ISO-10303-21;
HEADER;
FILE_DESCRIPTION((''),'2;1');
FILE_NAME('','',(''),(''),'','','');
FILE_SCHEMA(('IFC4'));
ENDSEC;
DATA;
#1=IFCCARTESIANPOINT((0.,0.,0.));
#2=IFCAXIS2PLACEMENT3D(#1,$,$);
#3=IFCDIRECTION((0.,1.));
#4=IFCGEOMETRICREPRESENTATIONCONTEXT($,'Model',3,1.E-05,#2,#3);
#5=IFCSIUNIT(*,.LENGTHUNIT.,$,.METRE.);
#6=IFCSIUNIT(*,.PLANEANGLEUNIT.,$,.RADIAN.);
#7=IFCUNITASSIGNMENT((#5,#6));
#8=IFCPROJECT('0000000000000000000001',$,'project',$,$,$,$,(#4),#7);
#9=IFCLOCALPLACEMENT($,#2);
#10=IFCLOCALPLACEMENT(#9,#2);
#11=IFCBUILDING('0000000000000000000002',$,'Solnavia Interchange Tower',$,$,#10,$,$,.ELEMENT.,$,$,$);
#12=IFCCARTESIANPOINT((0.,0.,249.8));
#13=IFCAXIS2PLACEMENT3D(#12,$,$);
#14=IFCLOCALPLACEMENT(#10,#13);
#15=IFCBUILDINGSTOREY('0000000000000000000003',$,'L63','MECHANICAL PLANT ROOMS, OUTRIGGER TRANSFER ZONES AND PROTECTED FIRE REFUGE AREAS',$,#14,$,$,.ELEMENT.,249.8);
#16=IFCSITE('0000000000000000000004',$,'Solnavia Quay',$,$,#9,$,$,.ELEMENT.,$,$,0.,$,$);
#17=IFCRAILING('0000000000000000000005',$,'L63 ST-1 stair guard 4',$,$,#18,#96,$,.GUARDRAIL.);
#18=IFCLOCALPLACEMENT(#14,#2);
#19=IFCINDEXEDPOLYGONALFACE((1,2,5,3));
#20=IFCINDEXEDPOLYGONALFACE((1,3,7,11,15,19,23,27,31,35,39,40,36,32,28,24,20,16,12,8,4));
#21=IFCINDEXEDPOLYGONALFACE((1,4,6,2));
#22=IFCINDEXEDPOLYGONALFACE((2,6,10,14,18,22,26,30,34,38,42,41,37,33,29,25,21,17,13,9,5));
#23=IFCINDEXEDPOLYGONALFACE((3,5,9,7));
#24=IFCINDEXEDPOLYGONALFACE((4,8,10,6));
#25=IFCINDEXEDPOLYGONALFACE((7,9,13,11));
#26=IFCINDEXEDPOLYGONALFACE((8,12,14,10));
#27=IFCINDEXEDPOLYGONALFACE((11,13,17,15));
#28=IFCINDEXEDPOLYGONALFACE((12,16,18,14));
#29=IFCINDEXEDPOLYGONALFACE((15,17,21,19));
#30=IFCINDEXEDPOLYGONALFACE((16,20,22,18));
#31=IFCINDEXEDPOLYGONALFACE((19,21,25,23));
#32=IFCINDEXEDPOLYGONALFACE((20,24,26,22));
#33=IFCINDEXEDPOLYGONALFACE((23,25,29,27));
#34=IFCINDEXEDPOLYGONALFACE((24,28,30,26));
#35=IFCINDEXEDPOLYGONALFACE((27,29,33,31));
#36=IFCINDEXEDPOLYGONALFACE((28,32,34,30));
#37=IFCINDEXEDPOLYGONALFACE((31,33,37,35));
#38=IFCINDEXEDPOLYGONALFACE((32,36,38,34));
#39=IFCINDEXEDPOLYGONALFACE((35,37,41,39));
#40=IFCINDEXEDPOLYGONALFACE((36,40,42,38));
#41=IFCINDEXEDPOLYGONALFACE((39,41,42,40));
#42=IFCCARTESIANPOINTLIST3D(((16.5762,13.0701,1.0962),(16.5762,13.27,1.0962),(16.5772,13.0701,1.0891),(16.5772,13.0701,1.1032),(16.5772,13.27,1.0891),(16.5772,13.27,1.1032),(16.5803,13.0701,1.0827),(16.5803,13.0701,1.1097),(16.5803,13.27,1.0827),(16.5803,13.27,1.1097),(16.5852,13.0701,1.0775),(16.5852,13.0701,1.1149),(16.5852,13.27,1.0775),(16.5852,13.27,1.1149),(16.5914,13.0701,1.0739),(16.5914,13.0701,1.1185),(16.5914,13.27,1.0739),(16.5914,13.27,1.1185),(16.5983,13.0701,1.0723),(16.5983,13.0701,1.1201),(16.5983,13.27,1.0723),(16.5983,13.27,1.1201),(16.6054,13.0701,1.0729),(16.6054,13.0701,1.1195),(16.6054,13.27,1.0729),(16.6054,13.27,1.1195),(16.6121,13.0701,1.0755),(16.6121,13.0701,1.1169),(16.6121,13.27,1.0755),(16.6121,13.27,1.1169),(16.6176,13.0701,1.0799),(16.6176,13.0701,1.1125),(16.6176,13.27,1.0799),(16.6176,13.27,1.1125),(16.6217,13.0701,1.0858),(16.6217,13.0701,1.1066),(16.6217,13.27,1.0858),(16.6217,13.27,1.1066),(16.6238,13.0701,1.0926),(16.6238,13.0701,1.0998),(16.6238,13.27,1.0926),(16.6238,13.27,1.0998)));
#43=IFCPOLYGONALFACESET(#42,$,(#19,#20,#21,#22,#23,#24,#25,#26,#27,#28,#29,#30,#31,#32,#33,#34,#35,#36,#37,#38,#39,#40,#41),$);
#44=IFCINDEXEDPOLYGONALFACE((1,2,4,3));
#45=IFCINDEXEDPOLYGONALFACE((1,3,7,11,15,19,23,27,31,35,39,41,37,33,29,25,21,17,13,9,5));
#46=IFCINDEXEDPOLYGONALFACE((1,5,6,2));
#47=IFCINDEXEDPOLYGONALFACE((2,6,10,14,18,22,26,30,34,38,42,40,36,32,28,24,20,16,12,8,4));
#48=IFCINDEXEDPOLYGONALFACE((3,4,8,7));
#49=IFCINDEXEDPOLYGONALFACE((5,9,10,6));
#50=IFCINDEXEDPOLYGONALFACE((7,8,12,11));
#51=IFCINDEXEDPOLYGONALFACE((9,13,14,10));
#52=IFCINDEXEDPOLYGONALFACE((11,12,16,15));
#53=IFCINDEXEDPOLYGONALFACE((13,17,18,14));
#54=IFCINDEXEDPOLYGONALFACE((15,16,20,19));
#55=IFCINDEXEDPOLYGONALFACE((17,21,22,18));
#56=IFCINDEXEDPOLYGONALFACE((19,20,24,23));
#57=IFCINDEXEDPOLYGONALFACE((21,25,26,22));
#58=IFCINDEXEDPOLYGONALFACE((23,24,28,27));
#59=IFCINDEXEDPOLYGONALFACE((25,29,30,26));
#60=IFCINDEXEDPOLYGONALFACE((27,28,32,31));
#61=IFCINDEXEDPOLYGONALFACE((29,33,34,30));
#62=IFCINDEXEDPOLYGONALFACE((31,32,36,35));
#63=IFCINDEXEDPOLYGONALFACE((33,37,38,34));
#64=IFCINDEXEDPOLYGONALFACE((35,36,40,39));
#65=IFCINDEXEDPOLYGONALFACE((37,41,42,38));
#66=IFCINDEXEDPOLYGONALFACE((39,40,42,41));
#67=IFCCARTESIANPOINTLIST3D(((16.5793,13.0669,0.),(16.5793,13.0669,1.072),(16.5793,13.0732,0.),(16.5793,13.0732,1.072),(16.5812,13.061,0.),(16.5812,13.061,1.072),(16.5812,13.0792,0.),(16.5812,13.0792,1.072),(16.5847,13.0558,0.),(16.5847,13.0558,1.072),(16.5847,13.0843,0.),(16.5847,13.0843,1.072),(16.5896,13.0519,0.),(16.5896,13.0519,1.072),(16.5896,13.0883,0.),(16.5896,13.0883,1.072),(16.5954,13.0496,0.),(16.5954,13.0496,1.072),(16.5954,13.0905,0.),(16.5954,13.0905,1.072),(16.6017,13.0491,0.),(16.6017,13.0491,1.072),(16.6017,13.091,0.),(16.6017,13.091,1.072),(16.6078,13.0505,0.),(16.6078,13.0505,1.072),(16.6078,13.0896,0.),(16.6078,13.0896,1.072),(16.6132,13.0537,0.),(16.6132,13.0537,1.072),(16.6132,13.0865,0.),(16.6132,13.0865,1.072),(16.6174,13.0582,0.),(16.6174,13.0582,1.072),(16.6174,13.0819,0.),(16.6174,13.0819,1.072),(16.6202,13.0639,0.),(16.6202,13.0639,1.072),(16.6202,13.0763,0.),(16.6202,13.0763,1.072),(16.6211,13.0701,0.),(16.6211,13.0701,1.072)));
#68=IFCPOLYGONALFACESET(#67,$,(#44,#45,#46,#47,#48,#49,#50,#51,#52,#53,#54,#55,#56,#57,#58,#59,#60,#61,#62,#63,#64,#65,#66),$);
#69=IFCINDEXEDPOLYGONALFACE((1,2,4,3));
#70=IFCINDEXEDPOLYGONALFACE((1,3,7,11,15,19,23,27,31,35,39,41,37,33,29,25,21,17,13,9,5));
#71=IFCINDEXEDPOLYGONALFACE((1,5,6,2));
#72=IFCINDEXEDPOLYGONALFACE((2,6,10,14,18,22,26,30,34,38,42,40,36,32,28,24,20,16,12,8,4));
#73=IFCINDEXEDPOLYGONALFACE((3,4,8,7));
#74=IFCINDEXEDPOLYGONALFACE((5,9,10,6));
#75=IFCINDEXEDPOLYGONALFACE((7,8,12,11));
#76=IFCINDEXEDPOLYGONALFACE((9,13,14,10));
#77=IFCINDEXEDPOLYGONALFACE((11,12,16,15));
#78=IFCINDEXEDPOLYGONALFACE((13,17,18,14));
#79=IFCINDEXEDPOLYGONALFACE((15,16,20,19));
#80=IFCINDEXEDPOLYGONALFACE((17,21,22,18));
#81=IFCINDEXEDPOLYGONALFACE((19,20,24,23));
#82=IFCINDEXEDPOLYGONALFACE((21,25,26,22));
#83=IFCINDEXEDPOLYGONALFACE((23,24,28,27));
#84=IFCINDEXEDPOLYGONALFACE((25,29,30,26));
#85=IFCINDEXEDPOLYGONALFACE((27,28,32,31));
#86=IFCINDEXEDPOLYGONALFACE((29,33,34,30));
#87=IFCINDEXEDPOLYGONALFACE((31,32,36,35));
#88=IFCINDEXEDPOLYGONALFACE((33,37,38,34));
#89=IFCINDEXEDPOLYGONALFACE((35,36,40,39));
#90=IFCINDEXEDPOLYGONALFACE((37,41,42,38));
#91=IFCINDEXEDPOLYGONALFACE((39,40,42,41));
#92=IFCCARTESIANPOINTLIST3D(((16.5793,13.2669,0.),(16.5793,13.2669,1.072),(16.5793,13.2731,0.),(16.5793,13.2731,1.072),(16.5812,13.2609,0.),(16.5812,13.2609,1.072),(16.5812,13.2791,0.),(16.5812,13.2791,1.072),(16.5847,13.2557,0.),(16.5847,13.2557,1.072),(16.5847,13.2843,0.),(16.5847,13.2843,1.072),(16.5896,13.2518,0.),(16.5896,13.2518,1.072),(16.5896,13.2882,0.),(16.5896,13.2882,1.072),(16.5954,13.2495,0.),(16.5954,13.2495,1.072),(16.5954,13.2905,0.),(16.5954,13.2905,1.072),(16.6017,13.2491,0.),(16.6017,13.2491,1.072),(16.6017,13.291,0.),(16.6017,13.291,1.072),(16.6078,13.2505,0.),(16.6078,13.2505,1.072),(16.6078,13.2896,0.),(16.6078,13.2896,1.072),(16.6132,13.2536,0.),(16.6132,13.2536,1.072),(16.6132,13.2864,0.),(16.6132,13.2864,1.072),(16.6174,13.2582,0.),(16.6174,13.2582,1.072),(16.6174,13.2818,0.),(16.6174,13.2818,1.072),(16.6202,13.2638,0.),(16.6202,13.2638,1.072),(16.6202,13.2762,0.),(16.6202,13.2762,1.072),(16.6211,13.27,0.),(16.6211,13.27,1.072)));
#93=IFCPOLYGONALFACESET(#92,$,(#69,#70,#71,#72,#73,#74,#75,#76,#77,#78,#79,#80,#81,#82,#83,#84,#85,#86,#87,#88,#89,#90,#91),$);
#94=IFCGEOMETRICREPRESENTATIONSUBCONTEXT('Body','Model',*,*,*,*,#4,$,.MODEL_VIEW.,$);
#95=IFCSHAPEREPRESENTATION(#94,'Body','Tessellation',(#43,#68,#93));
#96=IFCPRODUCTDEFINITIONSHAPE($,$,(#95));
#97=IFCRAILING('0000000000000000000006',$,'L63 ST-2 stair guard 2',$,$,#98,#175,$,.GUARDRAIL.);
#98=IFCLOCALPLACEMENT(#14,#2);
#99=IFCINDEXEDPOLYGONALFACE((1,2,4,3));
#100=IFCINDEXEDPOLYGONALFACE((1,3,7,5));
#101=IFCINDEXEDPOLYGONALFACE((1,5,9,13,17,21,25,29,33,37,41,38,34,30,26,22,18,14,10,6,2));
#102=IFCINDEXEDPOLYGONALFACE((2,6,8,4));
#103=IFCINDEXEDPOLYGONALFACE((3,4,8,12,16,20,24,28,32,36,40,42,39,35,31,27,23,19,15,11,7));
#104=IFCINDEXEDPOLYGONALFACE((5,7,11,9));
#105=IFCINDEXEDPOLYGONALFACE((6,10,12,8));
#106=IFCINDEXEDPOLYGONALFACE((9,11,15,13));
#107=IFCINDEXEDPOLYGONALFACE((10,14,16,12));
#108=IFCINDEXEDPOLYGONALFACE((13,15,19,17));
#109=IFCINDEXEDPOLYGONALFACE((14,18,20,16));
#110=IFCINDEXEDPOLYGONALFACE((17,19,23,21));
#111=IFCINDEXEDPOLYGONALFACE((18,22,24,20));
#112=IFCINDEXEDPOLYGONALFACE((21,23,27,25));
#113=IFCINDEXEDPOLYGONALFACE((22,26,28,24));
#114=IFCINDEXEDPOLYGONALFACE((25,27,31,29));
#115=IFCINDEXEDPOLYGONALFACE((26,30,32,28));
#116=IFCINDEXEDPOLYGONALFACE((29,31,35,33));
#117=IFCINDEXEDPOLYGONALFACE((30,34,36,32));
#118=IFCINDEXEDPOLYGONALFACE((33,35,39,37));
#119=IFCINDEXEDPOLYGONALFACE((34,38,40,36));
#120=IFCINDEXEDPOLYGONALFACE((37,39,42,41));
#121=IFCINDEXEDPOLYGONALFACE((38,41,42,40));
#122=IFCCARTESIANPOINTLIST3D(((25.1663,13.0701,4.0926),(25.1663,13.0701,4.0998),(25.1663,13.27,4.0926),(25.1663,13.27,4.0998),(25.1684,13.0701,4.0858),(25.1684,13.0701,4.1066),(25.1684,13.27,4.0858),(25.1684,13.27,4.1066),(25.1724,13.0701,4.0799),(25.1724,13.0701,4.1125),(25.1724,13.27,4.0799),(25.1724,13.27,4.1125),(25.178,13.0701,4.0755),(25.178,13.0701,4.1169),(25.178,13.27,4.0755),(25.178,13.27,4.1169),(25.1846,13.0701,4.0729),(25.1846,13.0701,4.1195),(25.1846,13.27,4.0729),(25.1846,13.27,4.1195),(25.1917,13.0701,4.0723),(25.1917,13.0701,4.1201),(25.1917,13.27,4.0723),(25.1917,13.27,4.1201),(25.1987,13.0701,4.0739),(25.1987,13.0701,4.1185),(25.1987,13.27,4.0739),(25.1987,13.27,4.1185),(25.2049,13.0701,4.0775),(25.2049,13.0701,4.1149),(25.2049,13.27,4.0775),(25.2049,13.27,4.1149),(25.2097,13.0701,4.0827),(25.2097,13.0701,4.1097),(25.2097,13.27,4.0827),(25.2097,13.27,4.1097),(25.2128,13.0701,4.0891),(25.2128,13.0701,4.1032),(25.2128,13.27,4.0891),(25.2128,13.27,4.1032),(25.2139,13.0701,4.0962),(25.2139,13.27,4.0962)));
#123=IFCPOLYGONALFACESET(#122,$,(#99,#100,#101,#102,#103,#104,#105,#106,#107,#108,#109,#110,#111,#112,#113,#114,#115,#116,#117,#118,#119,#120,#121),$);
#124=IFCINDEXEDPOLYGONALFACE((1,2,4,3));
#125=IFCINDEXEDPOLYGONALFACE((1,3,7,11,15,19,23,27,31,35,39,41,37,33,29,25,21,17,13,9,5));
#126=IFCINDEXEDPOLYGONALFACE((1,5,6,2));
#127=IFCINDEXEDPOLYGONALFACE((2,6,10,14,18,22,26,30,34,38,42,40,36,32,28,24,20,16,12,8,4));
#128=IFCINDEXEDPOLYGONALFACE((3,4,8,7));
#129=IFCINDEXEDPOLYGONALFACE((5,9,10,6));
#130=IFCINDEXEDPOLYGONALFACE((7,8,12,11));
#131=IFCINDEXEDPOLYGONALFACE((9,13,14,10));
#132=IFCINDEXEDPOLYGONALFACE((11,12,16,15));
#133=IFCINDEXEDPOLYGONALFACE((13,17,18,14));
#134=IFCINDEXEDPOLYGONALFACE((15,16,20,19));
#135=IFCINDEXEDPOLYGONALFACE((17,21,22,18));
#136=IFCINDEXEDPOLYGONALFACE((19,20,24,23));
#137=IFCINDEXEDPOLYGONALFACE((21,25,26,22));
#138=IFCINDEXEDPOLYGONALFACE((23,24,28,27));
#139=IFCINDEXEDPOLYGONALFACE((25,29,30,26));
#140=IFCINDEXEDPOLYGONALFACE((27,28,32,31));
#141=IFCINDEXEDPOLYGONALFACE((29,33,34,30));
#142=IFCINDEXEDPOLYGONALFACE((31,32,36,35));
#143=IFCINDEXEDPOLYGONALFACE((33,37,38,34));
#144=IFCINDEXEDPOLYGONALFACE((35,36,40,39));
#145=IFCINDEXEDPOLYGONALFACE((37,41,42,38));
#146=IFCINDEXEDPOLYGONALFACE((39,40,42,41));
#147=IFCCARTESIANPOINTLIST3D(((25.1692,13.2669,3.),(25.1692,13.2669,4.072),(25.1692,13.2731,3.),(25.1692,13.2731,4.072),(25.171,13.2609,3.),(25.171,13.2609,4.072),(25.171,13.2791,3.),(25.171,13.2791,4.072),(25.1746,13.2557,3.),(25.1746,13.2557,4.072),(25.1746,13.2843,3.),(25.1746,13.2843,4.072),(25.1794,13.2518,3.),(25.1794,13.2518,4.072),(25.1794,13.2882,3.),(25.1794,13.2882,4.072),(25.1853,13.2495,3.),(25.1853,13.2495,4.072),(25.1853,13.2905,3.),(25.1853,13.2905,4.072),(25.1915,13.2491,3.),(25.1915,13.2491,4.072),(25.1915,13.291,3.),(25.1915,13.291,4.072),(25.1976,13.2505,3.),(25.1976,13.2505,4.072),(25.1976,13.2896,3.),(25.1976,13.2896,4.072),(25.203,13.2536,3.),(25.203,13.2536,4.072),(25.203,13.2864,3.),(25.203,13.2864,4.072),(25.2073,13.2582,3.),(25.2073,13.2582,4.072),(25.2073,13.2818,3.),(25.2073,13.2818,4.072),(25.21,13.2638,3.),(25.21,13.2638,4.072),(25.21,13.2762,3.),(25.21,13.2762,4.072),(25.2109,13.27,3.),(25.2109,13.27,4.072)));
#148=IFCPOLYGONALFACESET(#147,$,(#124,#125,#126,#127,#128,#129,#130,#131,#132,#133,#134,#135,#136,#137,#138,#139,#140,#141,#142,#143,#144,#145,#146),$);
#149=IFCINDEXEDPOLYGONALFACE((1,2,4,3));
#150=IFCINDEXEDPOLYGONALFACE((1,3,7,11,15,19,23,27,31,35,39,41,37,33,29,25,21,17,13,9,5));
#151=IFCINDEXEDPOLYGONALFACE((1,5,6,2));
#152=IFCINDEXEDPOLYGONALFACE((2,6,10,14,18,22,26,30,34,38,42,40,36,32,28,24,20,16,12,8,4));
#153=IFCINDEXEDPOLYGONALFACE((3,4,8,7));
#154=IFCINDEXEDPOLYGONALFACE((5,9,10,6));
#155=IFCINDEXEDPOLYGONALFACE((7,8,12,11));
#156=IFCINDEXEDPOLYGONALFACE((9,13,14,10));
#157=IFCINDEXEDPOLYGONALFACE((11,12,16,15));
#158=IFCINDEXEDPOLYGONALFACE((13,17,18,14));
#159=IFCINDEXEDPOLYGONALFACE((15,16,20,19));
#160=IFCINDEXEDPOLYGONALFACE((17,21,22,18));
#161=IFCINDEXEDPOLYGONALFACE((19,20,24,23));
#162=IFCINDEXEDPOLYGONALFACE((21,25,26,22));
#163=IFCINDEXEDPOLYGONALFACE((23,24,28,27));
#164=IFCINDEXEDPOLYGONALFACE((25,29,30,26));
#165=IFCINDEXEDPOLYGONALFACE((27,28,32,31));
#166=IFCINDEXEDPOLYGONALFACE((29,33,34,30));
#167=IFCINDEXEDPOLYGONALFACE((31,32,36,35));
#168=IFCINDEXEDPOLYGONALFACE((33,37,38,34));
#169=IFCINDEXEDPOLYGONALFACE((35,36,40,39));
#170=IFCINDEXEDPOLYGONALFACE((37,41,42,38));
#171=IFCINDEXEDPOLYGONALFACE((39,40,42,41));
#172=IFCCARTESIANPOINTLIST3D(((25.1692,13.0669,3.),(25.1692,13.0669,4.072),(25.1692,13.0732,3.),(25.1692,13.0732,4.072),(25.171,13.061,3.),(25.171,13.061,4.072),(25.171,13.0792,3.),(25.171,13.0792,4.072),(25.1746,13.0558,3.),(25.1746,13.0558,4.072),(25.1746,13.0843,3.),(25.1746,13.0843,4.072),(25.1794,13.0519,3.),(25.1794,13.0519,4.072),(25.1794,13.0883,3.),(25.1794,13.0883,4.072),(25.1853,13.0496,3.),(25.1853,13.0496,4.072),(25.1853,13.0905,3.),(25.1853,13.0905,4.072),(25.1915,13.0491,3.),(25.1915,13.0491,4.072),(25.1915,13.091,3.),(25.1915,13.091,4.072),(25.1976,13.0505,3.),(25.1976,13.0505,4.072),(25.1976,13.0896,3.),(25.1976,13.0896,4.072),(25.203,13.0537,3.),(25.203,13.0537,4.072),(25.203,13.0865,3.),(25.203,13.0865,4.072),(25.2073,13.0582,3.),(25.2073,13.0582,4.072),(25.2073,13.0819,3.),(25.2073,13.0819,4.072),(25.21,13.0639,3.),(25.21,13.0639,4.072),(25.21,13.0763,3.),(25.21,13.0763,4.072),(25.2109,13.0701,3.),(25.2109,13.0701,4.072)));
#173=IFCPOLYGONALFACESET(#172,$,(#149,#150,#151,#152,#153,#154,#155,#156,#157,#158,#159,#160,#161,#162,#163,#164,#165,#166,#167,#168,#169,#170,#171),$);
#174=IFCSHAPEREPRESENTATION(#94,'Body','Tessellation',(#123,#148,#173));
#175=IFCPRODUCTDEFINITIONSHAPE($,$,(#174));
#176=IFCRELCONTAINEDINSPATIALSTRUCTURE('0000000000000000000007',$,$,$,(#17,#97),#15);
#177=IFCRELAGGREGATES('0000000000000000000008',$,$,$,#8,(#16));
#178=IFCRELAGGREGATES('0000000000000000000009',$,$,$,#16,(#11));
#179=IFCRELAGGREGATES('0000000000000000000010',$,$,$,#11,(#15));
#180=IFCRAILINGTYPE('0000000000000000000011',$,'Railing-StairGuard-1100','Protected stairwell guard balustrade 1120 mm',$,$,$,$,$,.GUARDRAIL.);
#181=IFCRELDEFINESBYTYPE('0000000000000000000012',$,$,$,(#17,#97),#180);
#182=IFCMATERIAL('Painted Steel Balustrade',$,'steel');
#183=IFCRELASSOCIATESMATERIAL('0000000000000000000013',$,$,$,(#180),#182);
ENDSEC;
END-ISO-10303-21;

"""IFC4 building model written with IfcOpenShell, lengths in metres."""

from ifc_helpers import new_model, si_unit, direction, frame, origin, origin_2d, place, context, subcontext, project, spatial, circle, extrude, material, type_object, element, save


model = new_model("IFC4")

# Units and contexts
model_context = context("Model", 3, precision=1e-05, world=origin(), true_north=direction((0.0, 1.0)))
body_context = subcontext(model_context, "Body", "Model", "MODEL_VIEW")
ifc_project = project(units=[si_unit("LENGTHUNIT", "METRE"), si_unit("PLANEANGLEUNIT", "RADIAN")], contexts=[model_context])

# Site, building, storey
site_placement = place(None, origin())
site = spatial("IfcSite", under=ifc_project, at=site_placement, Name="Solnavia Quay", CompositionType="ELEMENT", RefElevation=0.0)
building_placement = place(site_placement, origin())
building = spatial("IfcBuilding", under=site, at=building_placement, Name="Solnavia Interchange Tower", CompositionType="ELEMENT")
storey_placement = place(building_placement, frame((0.0, 0.0, 249.8)))
storey = spatial("IfcBuildingStorey", under=building, at=storey_placement, Name="L63", Description="MECHANICAL PLANT ROOMS, OUTRIGGER TRANSFER ZONES AND PROTECTED FIRE REFUGE AREAS", CompositionType="ELEMENT", Elevation=249.8)

# Railings
ifc_material_1 = material(Name="Painted Steel Balustrade", Category="steel")
railing_type_1 = type_object("IfcRailingType", Name="Railing-StairGuard-1100", Description="Protected stairwell guard balustrade 1120 mm", PredefinedType="GUARDRAIL", material=ifc_material_1)
railing_1_placement = place(storey_placement, frame((16.6001, 13.0701, 0.0)))
element("IfcRailing", 1, at=railing_1_placement, inside=storey, type_object=railing_type_1, Name="L63 ST-1 stair guard 4", PredefinedType="GUARDRAIL", context=body_context, shape_type="SweptSolid", body=[
    extrude(circle(Radius=0.0239, at=origin_2d()), frame((0.0, 0.0, 1.0962), z_axis=(0.0, 1.0, 0.0), x_axis=(-1.0, 0.0, 0.0)), (0.0, 0.0, 1.0), 0.2),
    extrude(circle(Radius=0.021, at=origin_2d()), origin(), (0.0, 0.0, 1.0), 1.072),
    extrude(circle(Radius=0.021, at=origin_2d()), frame((0.0, 0.2, 0.0)), (0.0, 0.0, 1.0), 1.072),
])
railing_2_placement = place(storey_placement, frame((25.1899, 13.27, 3.0)))
element("IfcRailing", 2, at=railing_2_placement, inside=storey, type_object=railing_type_1, Name="L63 ST-2 stair guard 2", PredefinedType="GUARDRAIL", context=body_context, shape_type="SweptSolid", body=[
    extrude(circle(Radius=0.0239, at=origin_2d()), frame((0.0, 0.0, 1.0962), z_axis=(0.0, -1.0, 0.0), x_axis=(1.0, 0.0, 0.0)), (0.0, 0.0, 1.0), 0.2),
    extrude(circle(Radius=0.021, at=origin_2d()), origin(), (0.0, 0.0, 1.0), 1.072),
    extrude(circle(Radius=0.021, at=origin_2d()), frame((0.0, -0.2, 0.0)), (0.0, 0.0, 1.0), 1.072),
])

save(model, "model.ifc")
